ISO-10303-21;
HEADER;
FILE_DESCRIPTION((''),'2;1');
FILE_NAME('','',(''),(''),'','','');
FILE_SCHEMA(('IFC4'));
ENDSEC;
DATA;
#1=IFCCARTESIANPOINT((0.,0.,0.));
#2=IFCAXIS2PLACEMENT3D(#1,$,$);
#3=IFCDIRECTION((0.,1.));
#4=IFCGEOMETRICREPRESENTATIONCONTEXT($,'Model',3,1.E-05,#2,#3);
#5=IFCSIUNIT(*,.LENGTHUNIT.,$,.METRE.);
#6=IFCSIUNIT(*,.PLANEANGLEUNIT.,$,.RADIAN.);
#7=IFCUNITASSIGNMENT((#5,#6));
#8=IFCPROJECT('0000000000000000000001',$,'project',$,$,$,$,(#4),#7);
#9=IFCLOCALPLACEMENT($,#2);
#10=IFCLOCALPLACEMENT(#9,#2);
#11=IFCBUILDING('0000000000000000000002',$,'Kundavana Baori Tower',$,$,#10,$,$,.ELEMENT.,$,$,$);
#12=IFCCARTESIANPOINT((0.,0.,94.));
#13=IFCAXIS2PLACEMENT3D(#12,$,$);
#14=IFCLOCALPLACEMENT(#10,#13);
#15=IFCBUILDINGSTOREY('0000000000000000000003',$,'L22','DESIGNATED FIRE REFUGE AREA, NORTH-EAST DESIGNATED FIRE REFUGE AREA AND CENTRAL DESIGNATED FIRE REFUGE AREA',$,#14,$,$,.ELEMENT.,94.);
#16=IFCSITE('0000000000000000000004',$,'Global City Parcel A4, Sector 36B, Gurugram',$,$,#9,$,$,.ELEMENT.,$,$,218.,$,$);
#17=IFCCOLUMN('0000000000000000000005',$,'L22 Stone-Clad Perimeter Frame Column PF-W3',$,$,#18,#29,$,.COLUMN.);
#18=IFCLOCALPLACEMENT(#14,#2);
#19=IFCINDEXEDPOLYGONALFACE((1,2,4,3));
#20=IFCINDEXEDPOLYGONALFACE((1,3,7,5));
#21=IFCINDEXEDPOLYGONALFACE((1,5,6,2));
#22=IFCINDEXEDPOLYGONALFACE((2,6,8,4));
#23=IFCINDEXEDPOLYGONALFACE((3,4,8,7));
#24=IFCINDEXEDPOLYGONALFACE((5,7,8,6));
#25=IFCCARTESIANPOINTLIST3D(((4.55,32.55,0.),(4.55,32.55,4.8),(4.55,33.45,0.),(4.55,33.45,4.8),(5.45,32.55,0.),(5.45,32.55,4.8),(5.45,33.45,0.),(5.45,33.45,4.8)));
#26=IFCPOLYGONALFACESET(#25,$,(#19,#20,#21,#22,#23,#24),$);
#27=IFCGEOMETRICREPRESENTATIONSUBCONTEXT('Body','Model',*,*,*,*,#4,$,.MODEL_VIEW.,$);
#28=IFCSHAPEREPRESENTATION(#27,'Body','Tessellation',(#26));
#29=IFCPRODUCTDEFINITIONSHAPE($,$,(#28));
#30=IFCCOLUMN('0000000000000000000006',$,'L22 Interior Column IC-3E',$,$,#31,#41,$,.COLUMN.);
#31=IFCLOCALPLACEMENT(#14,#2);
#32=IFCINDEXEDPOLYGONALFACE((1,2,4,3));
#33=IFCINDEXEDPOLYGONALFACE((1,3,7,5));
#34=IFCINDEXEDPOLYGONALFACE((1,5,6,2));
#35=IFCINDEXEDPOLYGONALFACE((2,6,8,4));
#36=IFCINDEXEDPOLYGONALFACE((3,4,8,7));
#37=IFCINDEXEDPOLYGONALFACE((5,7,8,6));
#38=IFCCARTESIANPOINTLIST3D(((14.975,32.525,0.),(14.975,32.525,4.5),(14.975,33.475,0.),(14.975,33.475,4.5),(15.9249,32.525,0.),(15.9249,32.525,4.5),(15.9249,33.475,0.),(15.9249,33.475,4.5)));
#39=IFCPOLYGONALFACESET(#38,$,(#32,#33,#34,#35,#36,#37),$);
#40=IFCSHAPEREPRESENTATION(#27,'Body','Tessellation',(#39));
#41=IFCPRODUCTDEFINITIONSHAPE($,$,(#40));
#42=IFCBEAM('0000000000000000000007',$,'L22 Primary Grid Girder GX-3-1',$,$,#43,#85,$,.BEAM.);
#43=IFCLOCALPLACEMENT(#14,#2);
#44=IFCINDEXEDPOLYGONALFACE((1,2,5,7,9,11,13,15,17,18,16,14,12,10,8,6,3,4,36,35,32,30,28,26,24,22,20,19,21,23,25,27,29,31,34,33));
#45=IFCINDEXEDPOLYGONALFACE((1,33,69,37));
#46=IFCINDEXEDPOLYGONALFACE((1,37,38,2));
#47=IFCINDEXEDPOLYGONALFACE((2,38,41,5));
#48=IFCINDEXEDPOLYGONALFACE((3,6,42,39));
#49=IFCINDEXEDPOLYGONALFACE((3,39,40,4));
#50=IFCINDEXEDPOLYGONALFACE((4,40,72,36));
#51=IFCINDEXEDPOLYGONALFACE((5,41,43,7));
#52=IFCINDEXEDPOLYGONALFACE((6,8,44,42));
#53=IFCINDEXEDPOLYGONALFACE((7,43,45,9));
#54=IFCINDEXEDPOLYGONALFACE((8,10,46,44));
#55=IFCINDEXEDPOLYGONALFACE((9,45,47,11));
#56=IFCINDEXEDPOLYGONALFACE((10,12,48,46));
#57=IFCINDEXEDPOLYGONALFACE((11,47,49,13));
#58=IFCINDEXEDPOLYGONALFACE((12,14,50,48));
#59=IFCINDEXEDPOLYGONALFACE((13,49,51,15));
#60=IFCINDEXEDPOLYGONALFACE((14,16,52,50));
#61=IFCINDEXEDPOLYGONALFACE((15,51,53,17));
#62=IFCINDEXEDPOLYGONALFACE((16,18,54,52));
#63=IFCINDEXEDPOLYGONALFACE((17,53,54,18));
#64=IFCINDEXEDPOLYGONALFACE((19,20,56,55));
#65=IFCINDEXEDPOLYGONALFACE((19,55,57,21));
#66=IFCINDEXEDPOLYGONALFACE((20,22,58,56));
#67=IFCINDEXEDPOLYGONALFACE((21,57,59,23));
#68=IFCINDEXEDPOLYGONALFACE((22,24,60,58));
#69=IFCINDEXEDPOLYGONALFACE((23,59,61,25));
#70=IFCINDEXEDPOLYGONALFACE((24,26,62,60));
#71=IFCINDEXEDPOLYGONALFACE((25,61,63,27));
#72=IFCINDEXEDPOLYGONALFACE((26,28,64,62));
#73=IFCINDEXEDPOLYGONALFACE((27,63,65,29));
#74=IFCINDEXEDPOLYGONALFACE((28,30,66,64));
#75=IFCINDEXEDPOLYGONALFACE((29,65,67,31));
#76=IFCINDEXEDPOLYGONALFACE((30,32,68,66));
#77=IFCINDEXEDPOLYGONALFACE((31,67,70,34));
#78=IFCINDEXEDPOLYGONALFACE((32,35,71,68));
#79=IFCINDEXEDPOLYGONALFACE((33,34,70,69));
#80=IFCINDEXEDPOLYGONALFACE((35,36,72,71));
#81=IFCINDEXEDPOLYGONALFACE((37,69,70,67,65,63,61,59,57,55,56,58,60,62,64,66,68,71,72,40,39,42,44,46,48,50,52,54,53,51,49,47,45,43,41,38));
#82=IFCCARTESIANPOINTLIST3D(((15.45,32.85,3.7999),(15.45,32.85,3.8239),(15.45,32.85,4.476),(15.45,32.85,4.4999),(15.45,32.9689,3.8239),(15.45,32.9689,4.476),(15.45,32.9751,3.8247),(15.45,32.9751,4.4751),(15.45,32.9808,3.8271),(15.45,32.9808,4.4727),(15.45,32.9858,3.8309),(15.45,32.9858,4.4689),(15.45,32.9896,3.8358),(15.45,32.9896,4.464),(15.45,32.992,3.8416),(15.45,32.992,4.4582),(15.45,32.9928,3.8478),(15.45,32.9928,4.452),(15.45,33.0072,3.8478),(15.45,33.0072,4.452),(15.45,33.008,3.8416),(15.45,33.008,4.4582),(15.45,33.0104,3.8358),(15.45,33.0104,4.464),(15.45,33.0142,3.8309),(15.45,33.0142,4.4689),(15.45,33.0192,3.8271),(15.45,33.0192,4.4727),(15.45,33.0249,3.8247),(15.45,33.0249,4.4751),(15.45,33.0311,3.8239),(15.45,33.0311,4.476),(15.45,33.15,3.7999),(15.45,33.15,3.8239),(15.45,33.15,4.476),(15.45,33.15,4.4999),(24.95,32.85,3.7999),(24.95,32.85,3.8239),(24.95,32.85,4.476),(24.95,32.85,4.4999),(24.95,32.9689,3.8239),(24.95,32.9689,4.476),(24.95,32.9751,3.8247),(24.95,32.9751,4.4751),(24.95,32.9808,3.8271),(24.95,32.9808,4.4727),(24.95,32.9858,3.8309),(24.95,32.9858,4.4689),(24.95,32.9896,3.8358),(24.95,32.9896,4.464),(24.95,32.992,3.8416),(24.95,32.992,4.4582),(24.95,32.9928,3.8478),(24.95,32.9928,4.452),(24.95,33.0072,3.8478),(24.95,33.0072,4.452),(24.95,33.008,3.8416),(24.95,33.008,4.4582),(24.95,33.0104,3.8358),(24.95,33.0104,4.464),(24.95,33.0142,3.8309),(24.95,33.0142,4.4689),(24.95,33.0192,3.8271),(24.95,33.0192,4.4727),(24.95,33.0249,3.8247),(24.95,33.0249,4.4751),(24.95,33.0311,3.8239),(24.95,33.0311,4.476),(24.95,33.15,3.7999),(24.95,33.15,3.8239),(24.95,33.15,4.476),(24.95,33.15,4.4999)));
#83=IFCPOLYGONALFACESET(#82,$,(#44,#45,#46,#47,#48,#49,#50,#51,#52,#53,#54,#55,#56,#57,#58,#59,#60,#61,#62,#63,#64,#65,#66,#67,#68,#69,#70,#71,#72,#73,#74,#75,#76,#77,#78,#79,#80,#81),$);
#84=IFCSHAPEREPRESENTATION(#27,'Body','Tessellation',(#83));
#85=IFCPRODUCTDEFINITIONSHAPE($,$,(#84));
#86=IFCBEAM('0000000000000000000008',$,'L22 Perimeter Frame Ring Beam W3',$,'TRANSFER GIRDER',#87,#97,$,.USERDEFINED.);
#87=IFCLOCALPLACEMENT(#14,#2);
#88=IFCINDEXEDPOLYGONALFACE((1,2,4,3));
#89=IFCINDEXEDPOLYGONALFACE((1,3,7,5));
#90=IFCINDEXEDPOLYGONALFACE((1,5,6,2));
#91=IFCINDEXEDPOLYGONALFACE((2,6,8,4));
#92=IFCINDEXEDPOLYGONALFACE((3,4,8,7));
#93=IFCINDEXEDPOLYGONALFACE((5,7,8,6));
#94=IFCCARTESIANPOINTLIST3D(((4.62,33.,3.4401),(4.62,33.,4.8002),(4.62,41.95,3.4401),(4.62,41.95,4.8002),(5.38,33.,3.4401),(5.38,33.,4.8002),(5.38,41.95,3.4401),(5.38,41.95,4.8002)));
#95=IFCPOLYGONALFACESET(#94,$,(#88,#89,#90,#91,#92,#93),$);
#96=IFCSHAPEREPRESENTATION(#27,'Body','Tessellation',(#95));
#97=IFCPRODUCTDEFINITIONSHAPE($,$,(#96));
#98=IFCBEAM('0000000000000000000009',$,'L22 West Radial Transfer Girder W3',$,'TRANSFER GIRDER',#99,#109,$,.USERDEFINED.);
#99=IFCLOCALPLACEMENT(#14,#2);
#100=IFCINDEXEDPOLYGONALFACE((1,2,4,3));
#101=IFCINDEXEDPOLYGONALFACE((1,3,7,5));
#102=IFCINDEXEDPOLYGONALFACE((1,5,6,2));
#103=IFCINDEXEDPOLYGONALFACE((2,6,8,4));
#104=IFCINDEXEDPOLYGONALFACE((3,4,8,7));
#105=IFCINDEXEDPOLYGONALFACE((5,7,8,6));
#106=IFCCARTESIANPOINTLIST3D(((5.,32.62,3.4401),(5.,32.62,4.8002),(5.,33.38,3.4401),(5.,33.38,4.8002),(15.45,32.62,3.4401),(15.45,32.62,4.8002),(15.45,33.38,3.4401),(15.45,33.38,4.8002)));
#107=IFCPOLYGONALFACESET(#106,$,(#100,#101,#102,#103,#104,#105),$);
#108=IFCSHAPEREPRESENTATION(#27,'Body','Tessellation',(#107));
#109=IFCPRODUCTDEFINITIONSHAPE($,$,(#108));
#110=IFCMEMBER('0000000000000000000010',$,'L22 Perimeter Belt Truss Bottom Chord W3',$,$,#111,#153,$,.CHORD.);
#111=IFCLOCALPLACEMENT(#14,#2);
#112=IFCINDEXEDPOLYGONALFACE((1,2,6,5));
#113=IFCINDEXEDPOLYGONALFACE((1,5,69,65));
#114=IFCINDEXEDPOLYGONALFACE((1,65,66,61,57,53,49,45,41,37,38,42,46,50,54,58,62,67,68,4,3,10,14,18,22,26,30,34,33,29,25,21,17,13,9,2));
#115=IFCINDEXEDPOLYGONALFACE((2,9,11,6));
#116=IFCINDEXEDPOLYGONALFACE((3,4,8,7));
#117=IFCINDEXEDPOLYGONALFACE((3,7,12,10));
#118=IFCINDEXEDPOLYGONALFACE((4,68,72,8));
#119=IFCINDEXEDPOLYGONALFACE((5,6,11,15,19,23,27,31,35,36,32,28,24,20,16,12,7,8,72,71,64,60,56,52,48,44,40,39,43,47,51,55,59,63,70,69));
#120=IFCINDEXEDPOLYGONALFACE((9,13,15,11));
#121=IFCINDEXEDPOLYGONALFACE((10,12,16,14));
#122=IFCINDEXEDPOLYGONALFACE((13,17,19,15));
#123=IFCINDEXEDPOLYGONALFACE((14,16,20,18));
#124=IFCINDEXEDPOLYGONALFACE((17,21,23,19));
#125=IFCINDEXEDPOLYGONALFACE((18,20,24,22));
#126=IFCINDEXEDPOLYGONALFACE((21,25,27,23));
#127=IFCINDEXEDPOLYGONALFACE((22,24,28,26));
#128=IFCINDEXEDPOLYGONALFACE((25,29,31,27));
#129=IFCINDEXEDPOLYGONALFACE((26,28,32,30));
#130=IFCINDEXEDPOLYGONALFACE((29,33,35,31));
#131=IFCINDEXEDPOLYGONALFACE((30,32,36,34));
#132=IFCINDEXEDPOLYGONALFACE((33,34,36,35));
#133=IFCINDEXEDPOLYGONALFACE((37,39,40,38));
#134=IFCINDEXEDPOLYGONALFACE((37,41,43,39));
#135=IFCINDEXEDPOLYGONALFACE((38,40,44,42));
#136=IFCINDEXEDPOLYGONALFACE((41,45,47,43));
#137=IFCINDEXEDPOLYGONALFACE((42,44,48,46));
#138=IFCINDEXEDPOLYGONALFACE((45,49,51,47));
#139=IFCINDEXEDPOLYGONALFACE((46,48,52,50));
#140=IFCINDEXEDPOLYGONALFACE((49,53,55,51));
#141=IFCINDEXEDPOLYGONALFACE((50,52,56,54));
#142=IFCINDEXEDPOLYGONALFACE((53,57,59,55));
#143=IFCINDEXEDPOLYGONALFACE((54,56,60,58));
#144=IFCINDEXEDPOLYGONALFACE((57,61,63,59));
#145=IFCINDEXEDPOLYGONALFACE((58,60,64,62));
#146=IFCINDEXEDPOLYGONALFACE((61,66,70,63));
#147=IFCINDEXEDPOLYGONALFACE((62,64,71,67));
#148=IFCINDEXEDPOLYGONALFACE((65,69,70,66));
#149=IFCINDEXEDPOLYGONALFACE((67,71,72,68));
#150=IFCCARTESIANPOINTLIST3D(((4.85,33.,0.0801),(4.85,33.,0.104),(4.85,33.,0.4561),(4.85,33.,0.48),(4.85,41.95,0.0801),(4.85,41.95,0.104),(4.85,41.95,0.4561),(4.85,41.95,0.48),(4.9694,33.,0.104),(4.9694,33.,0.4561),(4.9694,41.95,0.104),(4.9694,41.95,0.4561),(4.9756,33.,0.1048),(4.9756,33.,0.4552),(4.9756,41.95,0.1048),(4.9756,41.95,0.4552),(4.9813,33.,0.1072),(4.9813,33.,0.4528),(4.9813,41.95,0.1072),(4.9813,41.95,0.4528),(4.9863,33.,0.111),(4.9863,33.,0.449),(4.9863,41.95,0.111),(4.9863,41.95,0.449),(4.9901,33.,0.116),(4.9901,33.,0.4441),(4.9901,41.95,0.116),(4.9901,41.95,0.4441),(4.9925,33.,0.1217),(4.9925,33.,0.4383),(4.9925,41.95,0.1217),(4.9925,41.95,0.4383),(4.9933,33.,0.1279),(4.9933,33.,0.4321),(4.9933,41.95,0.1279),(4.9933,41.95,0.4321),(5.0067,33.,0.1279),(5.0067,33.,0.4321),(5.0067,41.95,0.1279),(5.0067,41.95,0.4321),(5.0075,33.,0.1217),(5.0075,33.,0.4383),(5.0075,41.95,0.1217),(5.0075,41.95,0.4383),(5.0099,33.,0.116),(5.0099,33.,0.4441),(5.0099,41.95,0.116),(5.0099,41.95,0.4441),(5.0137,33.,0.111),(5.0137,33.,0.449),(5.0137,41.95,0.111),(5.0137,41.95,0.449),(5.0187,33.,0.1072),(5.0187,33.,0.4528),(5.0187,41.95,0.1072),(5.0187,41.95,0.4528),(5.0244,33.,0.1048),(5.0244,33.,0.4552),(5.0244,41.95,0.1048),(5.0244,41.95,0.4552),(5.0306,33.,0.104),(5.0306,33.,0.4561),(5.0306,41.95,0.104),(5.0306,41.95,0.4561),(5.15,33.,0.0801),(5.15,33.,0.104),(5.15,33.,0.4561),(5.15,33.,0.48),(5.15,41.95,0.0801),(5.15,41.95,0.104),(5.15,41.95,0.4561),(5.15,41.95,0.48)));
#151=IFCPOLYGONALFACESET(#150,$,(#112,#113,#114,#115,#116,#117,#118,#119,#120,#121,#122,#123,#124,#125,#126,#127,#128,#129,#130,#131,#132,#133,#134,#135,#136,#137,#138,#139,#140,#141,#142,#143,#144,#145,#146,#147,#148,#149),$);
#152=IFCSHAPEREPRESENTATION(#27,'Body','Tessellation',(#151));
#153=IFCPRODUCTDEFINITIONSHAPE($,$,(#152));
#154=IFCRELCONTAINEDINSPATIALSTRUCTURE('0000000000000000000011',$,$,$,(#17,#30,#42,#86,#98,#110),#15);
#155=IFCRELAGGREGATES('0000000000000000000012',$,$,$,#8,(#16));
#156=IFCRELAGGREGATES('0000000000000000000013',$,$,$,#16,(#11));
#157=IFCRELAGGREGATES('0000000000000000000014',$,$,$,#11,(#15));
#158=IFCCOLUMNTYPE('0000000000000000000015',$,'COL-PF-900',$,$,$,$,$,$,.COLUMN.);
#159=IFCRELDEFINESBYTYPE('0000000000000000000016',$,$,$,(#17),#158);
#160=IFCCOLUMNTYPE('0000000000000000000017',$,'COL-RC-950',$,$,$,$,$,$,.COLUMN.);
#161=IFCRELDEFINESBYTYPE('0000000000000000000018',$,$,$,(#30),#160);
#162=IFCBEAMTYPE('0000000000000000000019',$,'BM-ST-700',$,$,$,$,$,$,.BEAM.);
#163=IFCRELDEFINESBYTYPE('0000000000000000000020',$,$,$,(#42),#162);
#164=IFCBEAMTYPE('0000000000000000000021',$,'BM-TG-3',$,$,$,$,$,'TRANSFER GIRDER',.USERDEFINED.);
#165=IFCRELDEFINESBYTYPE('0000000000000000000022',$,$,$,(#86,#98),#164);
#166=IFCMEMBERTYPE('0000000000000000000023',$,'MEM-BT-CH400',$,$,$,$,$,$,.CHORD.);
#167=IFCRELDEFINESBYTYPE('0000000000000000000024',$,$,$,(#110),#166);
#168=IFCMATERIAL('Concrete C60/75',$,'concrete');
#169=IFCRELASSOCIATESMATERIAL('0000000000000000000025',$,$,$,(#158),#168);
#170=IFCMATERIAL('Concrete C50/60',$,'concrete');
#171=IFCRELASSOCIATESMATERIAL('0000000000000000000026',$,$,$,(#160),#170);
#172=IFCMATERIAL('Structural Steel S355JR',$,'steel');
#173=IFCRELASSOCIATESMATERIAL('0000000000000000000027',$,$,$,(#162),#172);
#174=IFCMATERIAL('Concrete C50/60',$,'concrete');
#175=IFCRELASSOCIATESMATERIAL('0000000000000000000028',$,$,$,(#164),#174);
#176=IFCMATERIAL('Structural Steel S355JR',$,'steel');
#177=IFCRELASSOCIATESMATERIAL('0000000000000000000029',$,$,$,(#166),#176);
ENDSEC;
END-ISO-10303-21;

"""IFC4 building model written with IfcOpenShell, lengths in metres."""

from ifc_helpers import new_model, si_unit, direction, frame, origin, origin_2d, place, context, subcontext, project, spatial, rectangle, i_section, extrude, material, material_profile, profile_set, type_object, element, save


model = new_model("IFC4")

# Units and contexts
model_context = context("Model", 3, precision=1e-05, world=origin(), true_north=direction((0.0, 1.0)))
body_context = subcontext(model_context, "Body", "Model", "MODEL_VIEW")
ifc_project = project(units=[si_unit("LENGTHUNIT", "METRE"), si_unit("PLANEANGLEUNIT", "RADIAN")], contexts=[model_context])

# Site, building, storey
site_placement = place(None, origin())
site = spatial("IfcSite", under=ifc_project, at=site_placement, Name="Global City Parcel A4, Sector 36B, Gurugram", CompositionType="ELEMENT", RefElevation=218.0)
building_placement = place(site_placement, origin())
building = spatial("IfcBuilding", under=site, at=building_placement, Name="Kundavana Baori Tower", CompositionType="ELEMENT")
storey_placement = place(building_placement, frame((0.0, 0.0, 94.0)))
storey = spatial("IfcBuildingStorey", under=building, at=storey_placement, Name="L22", Description="DESIGNATED FIRE REFUGE AREA, NORTH-EAST DESIGNATED FIRE REFUGE AREA AND CENTRAL DESIGNATED FIRE REFUGE AREA", CompositionType="ELEMENT", Elevation=94.0)

# Columns
ifc_material_1 = material(Name="Concrete C60/75", Category="concrete")
ifc_material_profile_1 = material_profile(ifc_material_1, rectangle(XDim=0.8999, YDim=0.8999, at=origin_2d()), Name="RC PF 900x900")
ifc_profile_set_1 = profile_set([ifc_material_profile_1], Name="Concrete C60/75")
column_type_1 = type_object("IfcColumnType", Name="COL-PF-900", PredefinedType="COLUMN", material=ifc_profile_set_1)
column_1_placement = place(storey_placement, frame((5.0, 33.0, 0.0), z_axis=(0.0, 0.0, 1.0), x_axis=(1.0, 0.0, 0.0)))
element("IfcColumn", 1, at=column_1_placement, inside=storey, type_object=column_type_1, Name="L22 Stone-Clad Perimeter Frame Column PF-W3", PredefinedType="COLUMN", context=body_context, shape_type="SweptSolid", body=[
    extrude(rectangle(XDim=0.8999, YDim=0.8999, at=origin_2d()), origin(), (0.0, 0.0, 1.0), 4.8),
])
ifc_material_2 = material(Name="Concrete C50/60", Category="concrete")
ifc_material_profile_2 = material_profile(ifc_material_2, rectangle(XDim=0.95, YDim=0.95, at=origin_2d()), Name="RC 950x950")
ifc_profile_set_2 = profile_set([ifc_material_profile_2], Name="Concrete C50/60")
column_type_2 = type_object("IfcColumnType", Name="COL-RC-950", PredefinedType="COLUMN", material=ifc_profile_set_2)
column_2_placement = place(storey_placement, frame((15.45, 33.0, 0.0), z_axis=(0.0, 0.0, 1.0), x_axis=(1.0, 0.0, 0.0)))
element("IfcColumn", 2, at=column_2_placement, inside=storey, type_object=column_type_2, Name="L22 Interior Column IC-3E", PredefinedType="COLUMN", context=body_context, shape_type="SweptSolid", body=[
    extrude(rectangle(XDim=0.95, YDim=0.95, at=origin_2d()), origin(), (0.0, 0.0, 1.0), 4.5),
])

# Beams
ifc_material_3 = material(Name="Structural Steel S355JR", Category="steel")
ifc_material_profile_3 = material_profile(ifc_material_3, i_section(OverallWidth=0.3, OverallDepth=0.7, WebThickness=0.0144, FlangeThickness=0.0239, FilletRadius=0.0239, at=origin_2d()), Name="NPB 700x300x170")
ifc_profile_set_3 = profile_set([ifc_material_profile_3], Name="Structural Steel S355JR")
beam_type_1 = type_object("IfcBeamType", Name="BM-ST-700", PredefinedType="BEAM", material=ifc_profile_set_3)
beam_1_placement = place(storey_placement, frame((15.45, 33.0, 4.1499), z_axis=(1.0, 0.0, 0.0), x_axis=(0.0, 1.0, 0.0)))
element("IfcBeam", 3, at=beam_1_placement, inside=storey, type_object=beam_type_1, Name="L22 Primary Grid Girder GX-3-1", PredefinedType="BEAM", context=body_context, shape_type="SweptSolid", body=[
    extrude(i_section(OverallWidth=0.3, OverallDepth=0.7, WebThickness=0.0144, FlangeThickness=0.0239, FilletRadius=0.0239, at=origin_2d()), origin(), (0.0, 0.0, 1.0), 9.5),
])
ifc_material_4 = material(Name="Concrete C50/60", Category="concrete")
ifc_material_profile_4 = material_profile(ifc_material_4, rectangle(XDim=0.76, YDim=1.3601, at=origin_2d()), Name="BM-TG-3")
ifc_profile_set_4 = profile_set([ifc_material_profile_4], Name="Concrete C50/60")
beam_type_2 = type_object("IfcBeamType", Name="BM-TG-3", ElementType="TRANSFER GIRDER", PredefinedType="USERDEFINED", material=ifc_profile_set_4)
beam_2_placement = place(storey_placement, frame((5.0, 33.0, 4.1201), z_axis=(0.0, 1.0, 0.0), x_axis=(-1.0, 0.0, 0.0)))
element("IfcBeam", 4, at=beam_2_placement, inside=storey, type_object=beam_type_2, Name="L22 Perimeter Frame Ring Beam W3", ObjectType="TRANSFER GIRDER", PredefinedType="USERDEFINED", context=body_context, shape_type="SweptSolid", body=[
    extrude(rectangle(XDim=0.76, YDim=1.3601, at=origin_2d()), origin(), (0.0, 0.0, 1.0), 8.95),
])
beam_3_placement = place(storey_placement, frame((15.45, 33.0, 4.1201), z_axis=(-1.0, 0.0, 0.0), x_axis=(0.0, -1.0, 0.0)))
element("IfcBeam", 5, at=beam_3_placement, inside=storey, type_object=beam_type_2, Name="L22 West Radial Transfer Girder W3", ObjectType="TRANSFER GIRDER", PredefinedType="USERDEFINED", context=body_context, shape_type="SweptSolid", body=[
    extrude(rectangle(XDim=0.76, YDim=1.3601, at=origin_2d()), origin(), (0.0, 0.0, 1.0), 10.45),
])

# Member
ifc_material_5 = material(Name="Structural Steel S355JR", Category="steel")
ifc_material_profile_5 = material_profile(ifc_material_5, i_section(OverallWidth=0.3, OverallDepth=0.3999, WebThickness=0.0134, FlangeThickness=0.0239, FilletRadius=0.0239, at=origin_2d()), Name="WPB 400x300x135")
ifc_profile_set_5 = profile_set([ifc_material_profile_5], Name="Structural Steel S355JR")
member_type_1 = type_object("IfcMemberType", Name="MEM-BT-CH400", PredefinedType="CHORD", material=ifc_profile_set_5)
member_1_placement = place(storey_placement, frame((5.0, 33.0, 0.28), z_axis=(0.0, 1.0, 0.0), x_axis=(-1.0, 0.0, 0.0)))
element("IfcMember", 6, at=member_1_placement, inside=storey, type_object=member_type_1, Name="L22 Perimeter Belt Truss Bottom Chord W3", PredefinedType="CHORD", context=body_context, shape_type="SweptSolid", body=[
    extrude(i_section(OverallWidth=0.3, OverallDepth=0.3999, WebThickness=0.0134, FlangeThickness=0.0239, FilletRadius=0.0239, at=origin_2d()), origin(), (0.0, 0.0, 1.0), 8.95),
])

save(model, "model.ifc")
